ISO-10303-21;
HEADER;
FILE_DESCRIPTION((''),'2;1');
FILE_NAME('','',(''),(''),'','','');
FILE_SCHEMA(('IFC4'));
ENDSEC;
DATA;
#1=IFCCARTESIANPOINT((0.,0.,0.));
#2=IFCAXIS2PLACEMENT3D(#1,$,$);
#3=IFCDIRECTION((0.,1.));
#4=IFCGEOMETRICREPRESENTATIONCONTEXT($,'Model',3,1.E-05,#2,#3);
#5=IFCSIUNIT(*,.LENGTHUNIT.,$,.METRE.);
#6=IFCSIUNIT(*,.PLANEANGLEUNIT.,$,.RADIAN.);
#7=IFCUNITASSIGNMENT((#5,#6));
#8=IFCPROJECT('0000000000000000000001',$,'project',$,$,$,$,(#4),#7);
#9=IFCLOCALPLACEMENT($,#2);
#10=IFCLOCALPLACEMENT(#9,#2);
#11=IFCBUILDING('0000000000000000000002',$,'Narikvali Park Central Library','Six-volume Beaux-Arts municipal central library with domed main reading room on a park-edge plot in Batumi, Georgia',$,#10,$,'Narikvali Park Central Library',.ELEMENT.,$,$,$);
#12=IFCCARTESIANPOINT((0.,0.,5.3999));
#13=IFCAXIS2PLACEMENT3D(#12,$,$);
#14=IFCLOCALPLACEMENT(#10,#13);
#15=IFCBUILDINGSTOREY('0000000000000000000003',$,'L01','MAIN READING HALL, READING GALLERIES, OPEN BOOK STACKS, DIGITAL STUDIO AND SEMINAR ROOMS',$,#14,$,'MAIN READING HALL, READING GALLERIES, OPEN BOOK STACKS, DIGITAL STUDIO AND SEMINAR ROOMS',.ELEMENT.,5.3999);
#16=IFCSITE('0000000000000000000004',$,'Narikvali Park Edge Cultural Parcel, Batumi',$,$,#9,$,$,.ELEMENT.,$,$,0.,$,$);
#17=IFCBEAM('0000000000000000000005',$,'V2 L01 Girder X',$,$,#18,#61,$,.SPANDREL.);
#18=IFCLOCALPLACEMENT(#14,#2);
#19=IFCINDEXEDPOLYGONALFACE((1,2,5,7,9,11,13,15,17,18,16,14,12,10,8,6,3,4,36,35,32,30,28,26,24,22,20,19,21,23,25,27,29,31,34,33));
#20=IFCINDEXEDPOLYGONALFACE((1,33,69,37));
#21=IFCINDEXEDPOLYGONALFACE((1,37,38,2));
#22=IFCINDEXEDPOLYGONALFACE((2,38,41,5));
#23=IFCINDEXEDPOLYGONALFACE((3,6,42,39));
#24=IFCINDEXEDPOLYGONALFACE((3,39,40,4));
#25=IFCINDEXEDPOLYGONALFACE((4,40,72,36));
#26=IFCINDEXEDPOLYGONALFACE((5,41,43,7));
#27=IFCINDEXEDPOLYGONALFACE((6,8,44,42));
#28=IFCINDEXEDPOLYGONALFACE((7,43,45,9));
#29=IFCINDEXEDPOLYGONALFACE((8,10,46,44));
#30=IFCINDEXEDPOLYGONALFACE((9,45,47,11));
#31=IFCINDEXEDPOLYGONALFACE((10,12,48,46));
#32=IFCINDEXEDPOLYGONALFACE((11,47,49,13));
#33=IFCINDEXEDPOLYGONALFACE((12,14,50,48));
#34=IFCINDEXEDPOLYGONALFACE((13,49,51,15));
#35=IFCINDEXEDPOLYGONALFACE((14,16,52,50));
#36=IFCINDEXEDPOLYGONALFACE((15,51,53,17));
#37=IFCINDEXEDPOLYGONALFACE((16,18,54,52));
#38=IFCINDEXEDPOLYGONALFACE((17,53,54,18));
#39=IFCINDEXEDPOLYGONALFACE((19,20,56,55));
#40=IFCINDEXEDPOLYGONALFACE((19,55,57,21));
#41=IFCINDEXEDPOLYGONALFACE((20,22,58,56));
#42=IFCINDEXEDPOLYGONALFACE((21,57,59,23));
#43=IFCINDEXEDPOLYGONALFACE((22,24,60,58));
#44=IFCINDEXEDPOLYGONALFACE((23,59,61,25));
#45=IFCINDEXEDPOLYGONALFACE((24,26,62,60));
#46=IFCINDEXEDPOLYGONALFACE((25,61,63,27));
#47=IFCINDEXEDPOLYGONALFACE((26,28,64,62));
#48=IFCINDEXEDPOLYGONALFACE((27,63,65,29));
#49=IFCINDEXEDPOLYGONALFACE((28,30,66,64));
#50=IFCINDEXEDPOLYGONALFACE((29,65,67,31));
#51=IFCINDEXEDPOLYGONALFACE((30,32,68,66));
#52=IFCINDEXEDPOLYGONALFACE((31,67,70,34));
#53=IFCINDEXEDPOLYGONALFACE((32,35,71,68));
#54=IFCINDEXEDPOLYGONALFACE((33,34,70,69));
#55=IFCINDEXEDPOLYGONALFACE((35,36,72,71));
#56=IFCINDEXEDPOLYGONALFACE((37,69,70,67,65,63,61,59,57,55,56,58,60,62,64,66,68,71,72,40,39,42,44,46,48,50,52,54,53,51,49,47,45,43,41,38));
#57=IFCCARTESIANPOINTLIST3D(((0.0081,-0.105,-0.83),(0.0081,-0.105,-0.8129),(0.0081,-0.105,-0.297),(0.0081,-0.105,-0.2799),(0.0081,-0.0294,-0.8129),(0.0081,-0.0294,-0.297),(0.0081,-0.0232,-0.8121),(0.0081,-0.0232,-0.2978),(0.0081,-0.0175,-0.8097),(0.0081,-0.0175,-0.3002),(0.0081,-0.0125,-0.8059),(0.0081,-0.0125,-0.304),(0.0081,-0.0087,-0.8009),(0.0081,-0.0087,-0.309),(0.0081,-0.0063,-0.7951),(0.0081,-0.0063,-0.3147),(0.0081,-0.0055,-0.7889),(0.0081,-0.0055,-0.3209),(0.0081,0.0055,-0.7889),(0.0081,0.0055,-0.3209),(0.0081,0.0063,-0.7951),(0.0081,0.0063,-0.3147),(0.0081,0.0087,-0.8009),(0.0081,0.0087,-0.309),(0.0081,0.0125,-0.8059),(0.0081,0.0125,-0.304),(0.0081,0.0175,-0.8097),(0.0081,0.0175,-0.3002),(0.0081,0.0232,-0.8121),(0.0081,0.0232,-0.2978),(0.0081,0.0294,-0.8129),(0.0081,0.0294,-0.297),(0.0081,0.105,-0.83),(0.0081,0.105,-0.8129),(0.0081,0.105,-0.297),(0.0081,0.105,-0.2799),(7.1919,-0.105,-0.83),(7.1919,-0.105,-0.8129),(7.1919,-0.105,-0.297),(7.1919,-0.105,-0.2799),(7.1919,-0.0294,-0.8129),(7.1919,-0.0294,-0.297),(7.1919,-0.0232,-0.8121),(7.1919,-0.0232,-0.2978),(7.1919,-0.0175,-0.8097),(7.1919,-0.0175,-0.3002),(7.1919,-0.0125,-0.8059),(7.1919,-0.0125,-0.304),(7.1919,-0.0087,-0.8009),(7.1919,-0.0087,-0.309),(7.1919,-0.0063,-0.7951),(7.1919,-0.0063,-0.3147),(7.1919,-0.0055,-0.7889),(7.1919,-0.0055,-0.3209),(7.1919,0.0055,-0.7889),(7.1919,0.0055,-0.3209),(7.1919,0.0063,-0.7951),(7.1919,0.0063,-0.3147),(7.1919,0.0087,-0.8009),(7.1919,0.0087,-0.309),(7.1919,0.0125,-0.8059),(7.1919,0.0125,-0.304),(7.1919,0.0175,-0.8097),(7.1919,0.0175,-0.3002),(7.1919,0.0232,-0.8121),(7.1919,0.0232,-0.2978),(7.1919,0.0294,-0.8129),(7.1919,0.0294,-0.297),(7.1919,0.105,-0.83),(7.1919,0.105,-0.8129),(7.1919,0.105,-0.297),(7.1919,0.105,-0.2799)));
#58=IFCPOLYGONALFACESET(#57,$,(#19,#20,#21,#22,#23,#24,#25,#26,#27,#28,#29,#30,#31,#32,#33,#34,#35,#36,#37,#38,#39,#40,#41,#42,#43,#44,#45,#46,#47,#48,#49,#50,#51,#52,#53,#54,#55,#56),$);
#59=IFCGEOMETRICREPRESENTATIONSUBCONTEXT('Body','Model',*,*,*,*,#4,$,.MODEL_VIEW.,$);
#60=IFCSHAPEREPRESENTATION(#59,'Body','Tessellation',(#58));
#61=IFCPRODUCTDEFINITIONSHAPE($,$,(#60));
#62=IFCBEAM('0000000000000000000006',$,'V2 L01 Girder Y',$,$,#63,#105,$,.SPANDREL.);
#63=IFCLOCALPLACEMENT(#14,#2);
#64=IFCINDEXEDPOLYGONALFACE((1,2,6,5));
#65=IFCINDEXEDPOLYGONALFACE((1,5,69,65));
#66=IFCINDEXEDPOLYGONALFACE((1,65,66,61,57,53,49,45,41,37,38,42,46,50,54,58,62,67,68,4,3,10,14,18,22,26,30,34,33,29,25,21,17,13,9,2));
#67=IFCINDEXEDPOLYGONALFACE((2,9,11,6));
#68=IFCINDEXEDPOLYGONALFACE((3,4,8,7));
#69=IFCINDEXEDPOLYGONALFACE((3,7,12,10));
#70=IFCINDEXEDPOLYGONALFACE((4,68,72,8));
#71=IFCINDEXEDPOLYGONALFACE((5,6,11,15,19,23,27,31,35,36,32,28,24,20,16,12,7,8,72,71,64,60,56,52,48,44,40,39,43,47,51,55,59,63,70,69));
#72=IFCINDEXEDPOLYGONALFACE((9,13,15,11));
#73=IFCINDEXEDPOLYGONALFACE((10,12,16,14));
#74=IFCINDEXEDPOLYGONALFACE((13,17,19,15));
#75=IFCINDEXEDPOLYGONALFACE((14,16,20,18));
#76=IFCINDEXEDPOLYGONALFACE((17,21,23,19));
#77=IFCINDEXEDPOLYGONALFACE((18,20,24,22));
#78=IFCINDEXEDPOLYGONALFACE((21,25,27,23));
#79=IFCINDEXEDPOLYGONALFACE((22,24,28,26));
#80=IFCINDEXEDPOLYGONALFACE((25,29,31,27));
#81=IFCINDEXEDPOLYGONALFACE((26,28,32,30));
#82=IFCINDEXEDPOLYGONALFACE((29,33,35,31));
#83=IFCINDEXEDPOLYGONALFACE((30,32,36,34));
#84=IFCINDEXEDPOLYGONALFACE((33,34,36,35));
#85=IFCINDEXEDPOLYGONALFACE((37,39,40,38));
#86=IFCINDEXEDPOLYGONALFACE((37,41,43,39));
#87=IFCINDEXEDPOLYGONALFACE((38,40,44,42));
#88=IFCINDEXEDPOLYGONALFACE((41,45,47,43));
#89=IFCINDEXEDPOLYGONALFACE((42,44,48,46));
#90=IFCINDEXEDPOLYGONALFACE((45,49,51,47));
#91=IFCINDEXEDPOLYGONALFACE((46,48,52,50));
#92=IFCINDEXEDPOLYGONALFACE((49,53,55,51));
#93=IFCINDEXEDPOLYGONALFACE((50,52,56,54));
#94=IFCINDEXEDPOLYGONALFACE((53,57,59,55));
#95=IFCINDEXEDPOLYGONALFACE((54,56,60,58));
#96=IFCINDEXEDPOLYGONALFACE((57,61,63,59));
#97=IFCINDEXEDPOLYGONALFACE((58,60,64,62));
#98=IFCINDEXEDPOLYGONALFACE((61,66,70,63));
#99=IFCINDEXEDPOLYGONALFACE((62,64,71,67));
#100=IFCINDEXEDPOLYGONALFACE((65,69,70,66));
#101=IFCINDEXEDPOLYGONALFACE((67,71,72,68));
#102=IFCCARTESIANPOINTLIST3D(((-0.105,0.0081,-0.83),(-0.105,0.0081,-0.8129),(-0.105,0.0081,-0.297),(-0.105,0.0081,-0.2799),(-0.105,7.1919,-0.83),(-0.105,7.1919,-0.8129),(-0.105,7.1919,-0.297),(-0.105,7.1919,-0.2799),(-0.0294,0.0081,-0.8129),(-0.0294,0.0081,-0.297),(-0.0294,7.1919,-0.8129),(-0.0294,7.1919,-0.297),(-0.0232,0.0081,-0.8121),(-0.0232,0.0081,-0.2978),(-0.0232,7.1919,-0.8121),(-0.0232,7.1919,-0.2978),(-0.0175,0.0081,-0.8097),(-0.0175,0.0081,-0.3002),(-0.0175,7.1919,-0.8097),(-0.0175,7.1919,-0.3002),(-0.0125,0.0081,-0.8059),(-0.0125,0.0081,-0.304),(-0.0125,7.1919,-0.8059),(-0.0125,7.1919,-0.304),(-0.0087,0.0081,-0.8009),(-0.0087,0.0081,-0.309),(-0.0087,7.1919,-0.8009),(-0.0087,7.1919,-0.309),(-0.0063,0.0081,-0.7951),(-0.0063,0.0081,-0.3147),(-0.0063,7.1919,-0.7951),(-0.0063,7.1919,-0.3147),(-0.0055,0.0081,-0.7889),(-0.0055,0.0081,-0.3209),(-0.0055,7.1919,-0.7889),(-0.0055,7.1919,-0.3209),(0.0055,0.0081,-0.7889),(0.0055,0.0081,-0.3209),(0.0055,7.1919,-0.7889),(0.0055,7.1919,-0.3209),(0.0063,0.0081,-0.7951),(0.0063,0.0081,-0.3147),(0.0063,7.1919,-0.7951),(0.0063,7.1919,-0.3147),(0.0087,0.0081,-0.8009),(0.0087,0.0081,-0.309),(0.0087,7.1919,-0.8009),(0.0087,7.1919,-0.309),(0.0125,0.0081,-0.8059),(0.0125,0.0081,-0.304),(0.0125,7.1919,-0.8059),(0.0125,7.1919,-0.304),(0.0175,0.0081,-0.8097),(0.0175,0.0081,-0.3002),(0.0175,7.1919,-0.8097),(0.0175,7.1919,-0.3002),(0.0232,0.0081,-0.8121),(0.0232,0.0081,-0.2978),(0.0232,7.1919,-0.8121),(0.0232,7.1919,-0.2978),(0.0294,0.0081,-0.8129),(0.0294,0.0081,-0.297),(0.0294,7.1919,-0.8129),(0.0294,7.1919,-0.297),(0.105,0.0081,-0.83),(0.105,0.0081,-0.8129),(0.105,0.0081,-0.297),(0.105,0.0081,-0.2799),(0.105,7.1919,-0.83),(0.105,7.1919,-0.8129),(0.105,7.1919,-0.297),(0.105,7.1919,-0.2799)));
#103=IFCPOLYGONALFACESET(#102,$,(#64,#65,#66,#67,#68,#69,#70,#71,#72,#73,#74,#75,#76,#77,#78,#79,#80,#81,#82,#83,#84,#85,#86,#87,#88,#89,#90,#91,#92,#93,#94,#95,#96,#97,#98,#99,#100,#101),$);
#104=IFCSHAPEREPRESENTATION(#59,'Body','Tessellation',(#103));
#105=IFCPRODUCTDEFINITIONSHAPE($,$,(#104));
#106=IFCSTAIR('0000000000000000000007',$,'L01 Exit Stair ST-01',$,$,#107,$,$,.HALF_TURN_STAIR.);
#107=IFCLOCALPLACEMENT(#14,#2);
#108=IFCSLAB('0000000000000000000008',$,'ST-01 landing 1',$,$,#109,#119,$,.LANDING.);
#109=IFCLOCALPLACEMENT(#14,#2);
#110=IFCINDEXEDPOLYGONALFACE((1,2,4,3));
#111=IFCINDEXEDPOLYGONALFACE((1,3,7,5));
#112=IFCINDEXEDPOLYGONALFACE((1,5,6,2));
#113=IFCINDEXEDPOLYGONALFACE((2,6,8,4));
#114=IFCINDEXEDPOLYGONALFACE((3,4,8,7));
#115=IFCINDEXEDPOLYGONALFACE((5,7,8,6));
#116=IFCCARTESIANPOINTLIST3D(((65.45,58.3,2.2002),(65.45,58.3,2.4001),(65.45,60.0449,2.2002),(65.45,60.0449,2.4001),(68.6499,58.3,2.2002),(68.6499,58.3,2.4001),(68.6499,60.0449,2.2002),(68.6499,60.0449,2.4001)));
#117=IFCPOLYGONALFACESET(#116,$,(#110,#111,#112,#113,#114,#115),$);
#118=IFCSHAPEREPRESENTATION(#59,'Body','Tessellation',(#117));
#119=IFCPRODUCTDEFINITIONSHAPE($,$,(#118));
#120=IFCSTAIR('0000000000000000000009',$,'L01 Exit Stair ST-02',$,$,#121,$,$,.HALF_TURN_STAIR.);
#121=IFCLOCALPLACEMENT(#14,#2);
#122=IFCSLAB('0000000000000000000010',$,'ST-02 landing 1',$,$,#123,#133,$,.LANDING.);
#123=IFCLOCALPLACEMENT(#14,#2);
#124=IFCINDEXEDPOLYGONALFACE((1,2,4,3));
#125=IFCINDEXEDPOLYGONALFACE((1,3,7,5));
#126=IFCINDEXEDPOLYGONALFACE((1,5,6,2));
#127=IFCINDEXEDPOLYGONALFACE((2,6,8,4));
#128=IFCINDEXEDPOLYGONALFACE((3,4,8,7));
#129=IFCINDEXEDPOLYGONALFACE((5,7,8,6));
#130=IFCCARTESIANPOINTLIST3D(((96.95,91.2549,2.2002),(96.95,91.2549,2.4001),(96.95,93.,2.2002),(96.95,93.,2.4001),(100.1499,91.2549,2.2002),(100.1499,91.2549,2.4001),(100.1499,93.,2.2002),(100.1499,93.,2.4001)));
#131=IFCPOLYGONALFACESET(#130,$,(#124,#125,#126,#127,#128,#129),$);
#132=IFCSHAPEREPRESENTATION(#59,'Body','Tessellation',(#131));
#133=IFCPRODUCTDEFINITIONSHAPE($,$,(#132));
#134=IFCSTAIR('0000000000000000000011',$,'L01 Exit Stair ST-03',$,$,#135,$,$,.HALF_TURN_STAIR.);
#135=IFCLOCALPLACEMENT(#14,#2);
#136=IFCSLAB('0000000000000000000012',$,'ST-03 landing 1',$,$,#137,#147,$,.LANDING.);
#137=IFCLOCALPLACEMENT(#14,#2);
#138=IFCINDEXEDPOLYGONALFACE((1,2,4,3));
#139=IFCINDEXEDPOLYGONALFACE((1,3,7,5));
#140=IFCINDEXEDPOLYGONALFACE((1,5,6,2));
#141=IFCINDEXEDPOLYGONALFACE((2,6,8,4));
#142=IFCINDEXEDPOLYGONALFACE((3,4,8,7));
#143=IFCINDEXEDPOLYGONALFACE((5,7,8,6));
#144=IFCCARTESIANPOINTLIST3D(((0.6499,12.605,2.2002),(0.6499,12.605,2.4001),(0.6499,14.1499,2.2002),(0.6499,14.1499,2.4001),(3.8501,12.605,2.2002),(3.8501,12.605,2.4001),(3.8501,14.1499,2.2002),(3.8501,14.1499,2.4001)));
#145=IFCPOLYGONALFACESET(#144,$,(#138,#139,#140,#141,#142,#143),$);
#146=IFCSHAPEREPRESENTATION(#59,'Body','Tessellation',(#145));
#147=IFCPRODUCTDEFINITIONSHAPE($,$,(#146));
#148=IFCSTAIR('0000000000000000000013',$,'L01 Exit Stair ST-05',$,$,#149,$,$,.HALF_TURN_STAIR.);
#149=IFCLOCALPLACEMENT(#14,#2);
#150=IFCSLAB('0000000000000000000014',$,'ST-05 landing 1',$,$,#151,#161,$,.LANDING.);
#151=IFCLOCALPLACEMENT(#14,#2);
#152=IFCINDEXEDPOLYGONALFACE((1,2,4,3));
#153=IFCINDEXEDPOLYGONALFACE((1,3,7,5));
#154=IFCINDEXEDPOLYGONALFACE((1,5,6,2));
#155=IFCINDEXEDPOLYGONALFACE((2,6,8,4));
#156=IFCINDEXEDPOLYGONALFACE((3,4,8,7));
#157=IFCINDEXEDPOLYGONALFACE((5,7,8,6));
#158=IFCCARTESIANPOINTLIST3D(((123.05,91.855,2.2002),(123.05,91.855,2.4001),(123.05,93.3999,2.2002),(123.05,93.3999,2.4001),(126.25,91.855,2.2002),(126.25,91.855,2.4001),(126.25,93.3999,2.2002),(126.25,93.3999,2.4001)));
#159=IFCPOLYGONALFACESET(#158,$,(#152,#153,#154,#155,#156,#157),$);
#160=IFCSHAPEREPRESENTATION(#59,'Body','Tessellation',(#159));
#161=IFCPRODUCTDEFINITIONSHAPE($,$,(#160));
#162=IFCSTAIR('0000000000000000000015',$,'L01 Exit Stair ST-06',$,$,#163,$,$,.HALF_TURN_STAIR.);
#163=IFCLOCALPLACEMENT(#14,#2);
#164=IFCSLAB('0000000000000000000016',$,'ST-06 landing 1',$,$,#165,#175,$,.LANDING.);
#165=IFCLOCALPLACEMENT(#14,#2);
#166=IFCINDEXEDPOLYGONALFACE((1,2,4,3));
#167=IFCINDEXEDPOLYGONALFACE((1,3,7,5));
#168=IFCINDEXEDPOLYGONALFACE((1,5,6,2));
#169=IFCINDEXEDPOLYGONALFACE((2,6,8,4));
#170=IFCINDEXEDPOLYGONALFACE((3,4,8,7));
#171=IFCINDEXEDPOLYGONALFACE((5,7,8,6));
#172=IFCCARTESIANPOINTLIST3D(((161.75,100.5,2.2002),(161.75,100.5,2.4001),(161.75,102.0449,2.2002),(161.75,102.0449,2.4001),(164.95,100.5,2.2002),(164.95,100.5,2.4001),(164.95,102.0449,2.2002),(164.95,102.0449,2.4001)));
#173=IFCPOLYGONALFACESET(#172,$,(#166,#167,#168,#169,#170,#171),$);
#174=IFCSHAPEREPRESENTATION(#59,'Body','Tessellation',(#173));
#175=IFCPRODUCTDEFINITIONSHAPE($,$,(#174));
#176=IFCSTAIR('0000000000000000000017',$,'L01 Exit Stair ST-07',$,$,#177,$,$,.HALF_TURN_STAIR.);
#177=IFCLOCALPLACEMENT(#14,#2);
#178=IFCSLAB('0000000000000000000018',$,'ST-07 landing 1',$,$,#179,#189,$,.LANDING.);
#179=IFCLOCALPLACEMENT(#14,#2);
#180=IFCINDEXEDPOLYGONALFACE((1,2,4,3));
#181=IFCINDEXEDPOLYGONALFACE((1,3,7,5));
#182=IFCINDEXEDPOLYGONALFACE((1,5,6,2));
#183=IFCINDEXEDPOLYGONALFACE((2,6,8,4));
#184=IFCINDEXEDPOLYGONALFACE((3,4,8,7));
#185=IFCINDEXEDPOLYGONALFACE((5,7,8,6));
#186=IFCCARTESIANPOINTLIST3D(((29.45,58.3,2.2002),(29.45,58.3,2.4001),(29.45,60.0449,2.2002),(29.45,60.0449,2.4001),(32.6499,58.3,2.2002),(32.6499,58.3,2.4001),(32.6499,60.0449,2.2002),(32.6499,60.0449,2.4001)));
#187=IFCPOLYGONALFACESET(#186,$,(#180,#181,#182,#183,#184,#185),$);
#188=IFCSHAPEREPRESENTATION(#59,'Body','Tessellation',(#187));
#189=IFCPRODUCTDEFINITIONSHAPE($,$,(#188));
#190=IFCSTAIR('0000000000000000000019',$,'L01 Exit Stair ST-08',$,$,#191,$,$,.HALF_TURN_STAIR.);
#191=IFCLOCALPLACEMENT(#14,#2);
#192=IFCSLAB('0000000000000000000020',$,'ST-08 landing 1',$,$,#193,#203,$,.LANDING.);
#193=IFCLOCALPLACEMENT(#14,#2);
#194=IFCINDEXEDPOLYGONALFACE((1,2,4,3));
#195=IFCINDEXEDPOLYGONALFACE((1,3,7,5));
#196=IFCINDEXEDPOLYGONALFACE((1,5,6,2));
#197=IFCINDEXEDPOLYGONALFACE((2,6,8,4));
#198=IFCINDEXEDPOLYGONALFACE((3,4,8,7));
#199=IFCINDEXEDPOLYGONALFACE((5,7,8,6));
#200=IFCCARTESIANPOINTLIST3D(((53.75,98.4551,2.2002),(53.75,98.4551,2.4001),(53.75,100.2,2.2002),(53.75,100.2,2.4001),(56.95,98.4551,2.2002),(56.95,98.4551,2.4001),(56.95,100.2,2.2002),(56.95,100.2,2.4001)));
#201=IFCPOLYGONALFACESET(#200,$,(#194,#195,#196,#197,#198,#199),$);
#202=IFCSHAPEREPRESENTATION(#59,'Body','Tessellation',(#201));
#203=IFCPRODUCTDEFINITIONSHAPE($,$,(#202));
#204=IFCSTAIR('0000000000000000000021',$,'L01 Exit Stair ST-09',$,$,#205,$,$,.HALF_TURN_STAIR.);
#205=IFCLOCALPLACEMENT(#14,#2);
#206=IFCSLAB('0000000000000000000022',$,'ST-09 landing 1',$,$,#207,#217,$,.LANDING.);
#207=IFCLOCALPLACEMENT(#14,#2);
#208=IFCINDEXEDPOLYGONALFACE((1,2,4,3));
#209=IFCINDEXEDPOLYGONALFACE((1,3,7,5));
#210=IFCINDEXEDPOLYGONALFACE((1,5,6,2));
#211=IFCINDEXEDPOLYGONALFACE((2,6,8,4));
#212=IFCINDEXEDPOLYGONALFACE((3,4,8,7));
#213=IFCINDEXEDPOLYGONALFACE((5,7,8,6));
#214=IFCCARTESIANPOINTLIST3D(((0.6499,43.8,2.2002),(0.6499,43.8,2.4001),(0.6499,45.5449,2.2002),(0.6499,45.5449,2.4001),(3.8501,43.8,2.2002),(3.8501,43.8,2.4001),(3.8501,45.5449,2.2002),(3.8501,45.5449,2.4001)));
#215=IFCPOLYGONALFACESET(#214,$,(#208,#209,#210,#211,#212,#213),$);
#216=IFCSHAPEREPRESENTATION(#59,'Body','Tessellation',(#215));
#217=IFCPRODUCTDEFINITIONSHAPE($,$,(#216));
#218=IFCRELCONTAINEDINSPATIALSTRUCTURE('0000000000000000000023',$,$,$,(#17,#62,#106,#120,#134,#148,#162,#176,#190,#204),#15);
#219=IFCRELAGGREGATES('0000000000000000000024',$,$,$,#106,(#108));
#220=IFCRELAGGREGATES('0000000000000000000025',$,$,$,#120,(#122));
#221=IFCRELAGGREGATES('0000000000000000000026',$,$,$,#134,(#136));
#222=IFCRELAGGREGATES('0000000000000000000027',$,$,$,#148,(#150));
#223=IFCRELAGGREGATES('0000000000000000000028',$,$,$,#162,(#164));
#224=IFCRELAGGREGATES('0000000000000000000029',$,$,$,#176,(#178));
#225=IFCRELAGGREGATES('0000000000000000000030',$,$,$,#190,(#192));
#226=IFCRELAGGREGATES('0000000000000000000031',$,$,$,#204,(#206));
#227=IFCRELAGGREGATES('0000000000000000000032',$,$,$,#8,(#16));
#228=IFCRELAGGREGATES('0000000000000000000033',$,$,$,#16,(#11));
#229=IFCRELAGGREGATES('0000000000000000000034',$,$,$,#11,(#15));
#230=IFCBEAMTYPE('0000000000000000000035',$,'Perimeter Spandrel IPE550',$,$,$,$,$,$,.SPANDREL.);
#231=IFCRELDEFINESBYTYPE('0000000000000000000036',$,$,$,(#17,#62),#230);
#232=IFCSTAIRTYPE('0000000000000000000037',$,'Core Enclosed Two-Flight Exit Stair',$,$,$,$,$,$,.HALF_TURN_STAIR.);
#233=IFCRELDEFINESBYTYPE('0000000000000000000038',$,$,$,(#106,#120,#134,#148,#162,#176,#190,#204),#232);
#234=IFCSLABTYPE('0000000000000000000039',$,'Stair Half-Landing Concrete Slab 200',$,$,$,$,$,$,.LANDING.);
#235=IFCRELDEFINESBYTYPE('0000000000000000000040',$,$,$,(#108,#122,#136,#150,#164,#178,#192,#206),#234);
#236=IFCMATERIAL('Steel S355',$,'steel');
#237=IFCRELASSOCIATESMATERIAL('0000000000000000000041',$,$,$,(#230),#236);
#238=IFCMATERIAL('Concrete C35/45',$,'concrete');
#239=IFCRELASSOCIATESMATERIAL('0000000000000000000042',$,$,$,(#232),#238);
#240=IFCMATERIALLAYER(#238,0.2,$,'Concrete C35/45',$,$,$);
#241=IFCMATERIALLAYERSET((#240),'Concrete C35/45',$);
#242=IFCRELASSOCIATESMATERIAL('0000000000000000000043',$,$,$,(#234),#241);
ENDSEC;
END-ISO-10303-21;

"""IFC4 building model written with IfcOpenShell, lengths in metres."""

from ifc_helpers import new_model, si_unit, direction, frame, origin, origin_2d, place, context, subcontext, project, spatial, polyline, i_section, outline, extrude, material, layer, layer_set, material_profile, profile_set, type_object, element, aggregate, save


model = new_model("IFC4")

# Units and contexts
model_context = context("Model", 3, precision=1e-05, world=origin(), true_north=direction((0.0, 1.0)))
body_context = subcontext(model_context, "Body", "Model", "MODEL_VIEW")
ifc_project = project(units=[si_unit("LENGTHUNIT", "METRE"), si_unit("PLANEANGLEUNIT", "RADIAN")], contexts=[model_context])

# Site, building, storey
site_placement = place(None, origin())
site = spatial("IfcSite", under=ifc_project, at=site_placement, Name="Narikvali Park Edge Cultural Parcel, Batumi", CompositionType="ELEMENT", RefElevation=0.0)
building_placement = place(site_placement, origin())
building = spatial("IfcBuilding", under=site, at=building_placement, Name="Narikvali Park Central Library", Description="Six-volume Beaux-Arts municipal central library with domed main reading room on a park-edge plot in Batumi, Georgia", LongName="Narikvali Park Central Library", CompositionType="ELEMENT")
storey_placement = place(building_placement, frame((0.0, 0.0, 5.3999)))
storey = spatial("IfcBuildingStorey", under=building, at=storey_placement, Name="L01", Description="MAIN READING HALL, READING GALLERIES, OPEN BOOK STACKS, DIGITAL STUDIO AND SEMINAR ROOMS", LongName="MAIN READING HALL, READING GALLERIES, OPEN BOOK STACKS, DIGITAL STUDIO AND SEMINAR ROOMS", CompositionType="ELEMENT", Elevation=5.3999)

# Shared definitions
ifc_material_1 = material(Name="Steel S355", Category="steel")

# Beams
ifc_material_profile_1 = material_profile(ifc_material_1, i_section(OverallWidth=0.21, OverallDepth=0.55, WebThickness=0.011, FlangeThickness=0.0171, FilletRadius=0.0239, at=origin_2d()), Name="IPE 550")
ifc_profile_set_1 = profile_set([ifc_material_profile_1], Name="Steel S355")
beam_type_1 = type_object("IfcBeamType", Name="Perimeter Spandrel IPE550", PredefinedType="SPANDREL", material=ifc_profile_set_1)
for number, where, z_axis, x_axis, name in (
    (1, (0.0081, 0.0, -0.5549), (1.0, 0.0, 0.0), (0.0, 1.0, 0.0), "V2 L01 Girder X"),
    (2, (0.0, 0.0081, -0.5549), (0.0, 1.0, 0.0), (-1.0, 0.0, 0.0), "V2 L01 Girder Y"),
):
    element("IfcBeam", number, at=place(storey_placement, frame(where, z_axis=z_axis, x_axis=x_axis)), inside=storey, type_object=beam_type_1, Name=name, PredefinedType="SPANDREL", context=body_context, shape_type="SweptSolid", body=[
        extrude(i_section(OverallWidth=0.21, OverallDepth=0.55, WebThickness=0.011, FlangeThickness=0.0171, FilletRadius=0.0239, at=origin_2d()), origin(), (0.0, 0.0, 1.0), 7.1838),
    ])

# Stairs, slabs
ifc_material_2 = material(Name="Concrete C35/45", Category="concrete")
stair_type = type_object("IfcStairType", Name="Core Enclosed Two-Flight Exit Stair", PredefinedType="HALF_TURN_STAIR", material=ifc_material_2)
stair_1_placement = place(storey_placement, origin())
stair_1 = element("IfcStair", 3, at=stair_1_placement, inside=storey, type_object=stair_type, Name="L01 Exit Stair ST-01", PredefinedType="HALF_TURN_STAIR")
ifc_layer_1 = layer(ifc_material_2, 0.2, Name="Concrete C35/45")
ifc_layer_set_1 = layer_set([ifc_layer_1], Name="Concrete C35/45")
slab_type = type_object("IfcSlabType", Name="Stair Half-Landing Concrete Slab 200", PredefinedType="LANDING", material=ifc_layer_set_1)
slab_1_placement = place(storey_placement, frame((0.0, 0.0, 2.2002)))
slab_1 = element("IfcSlab", 4, at=slab_1_placement, type_object=slab_type, Name="ST-01 landing 1", PredefinedType="LANDING", context=body_context, shape_type="SweptSolid", body=[
    extrude(outline(polyline([(65.45, 60.0449), (65.45, 58.3), (68.6499, 58.3), (68.6499, 60.0449), (65.45, 60.0449)])), origin(), (0.0, 0.0, 1.0), 0.2),
])
aggregate(stair_1, [slab_1])
stair_2_placement = place(storey_placement, origin())
stair_2 = element("IfcStair", 5, at=stair_2_placement, inside=storey, type_object=stair_type, Name="L01 Exit Stair ST-02", PredefinedType="HALF_TURN_STAIR")
slab_2_placement = place(storey_placement, frame((0.0, 0.0, 2.2002)))
slab_2 = element("IfcSlab", 6, at=slab_2_placement, type_object=slab_type, Name="ST-02 landing 1", PredefinedType="LANDING", context=body_context, shape_type="SweptSolid", body=[
    extrude(outline(polyline([(100.1499, 91.2549), (100.1499, 93.0), (96.95, 93.0), (96.95, 91.2549), (100.1499, 91.2549)])), origin(), (0.0, 0.0, 1.0), 0.2),
])
aggregate(stair_2, [slab_2])
stair_3_placement = place(storey_placement, origin())
stair_3 = element("IfcStair", 7, at=stair_3_placement, inside=storey, type_object=stair_type, Name="L01 Exit Stair ST-03", PredefinedType="HALF_TURN_STAIR")
slab_3_placement = place(storey_placement, frame((0.0, 0.0, 2.2002)))
slab_3 = element("IfcSlab", 8, at=slab_3_placement, type_object=slab_type, Name="ST-03 landing 1", PredefinedType="LANDING", context=body_context, shape_type="SweptSolid", body=[
    extrude(outline(polyline([(3.8501, 12.605), (3.8501, 14.1499), (0.6499, 14.1499), (0.6499, 12.605), (3.8501, 12.605)])), origin(), (0.0, 0.0, 1.0), 0.2),
])
aggregate(stair_3, [slab_3])
stair_4_placement = place(storey_placement, origin())
stair_4 = element("IfcStair", 9, at=stair_4_placement, inside=storey, type_object=stair_type, Name="L01 Exit Stair ST-05", PredefinedType="HALF_TURN_STAIR")
slab_4_placement = place(storey_placement, frame((0.0, 0.0, 2.2002)))
slab_4 = element("IfcSlab", 10, at=slab_4_placement, type_object=slab_type, Name="ST-05 landing 1", PredefinedType="LANDING", context=body_context, shape_type="SweptSolid", body=[
    extrude(outline(polyline([(126.25, 91.855), (126.25, 93.3999), (123.05, 93.3999), (123.05, 91.855), (126.25, 91.855)])), origin(), (0.0, 0.0, 1.0), 0.2),
])
aggregate(stair_4, [slab_4])
stair_5_placement = place(storey_placement, origin())
stair_5 = element("IfcStair", 11, at=stair_5_placement, inside=storey, type_object=stair_type, Name="L01 Exit Stair ST-06", PredefinedType="HALF_TURN_STAIR")
slab_5_placement = place(storey_placement, frame((0.0, 0.0, 2.2002)))
slab_5 = element("IfcSlab", 12, at=slab_5_placement, type_object=slab_type, Name="ST-06 landing 1", PredefinedType="LANDING", context=body_context, shape_type="SweptSolid", body=[
    extrude(outline(polyline([(161.75, 102.0449), (161.75, 100.5), (164.95, 100.5), (164.95, 102.0449), (161.75, 102.0449)])), origin(), (0.0, 0.0, 1.0), 0.2),
])
aggregate(stair_5, [slab_5])
stair_6_placement = place(storey_placement, origin())
stair_6 = element("IfcStair", 13, at=stair_6_placement, inside=storey, type_object=stair_type, Name="L01 Exit Stair ST-07", PredefinedType="HALF_TURN_STAIR")
slab_6_placement = place(storey_placement, frame((0.0, 0.0, 2.2002)))
slab_6 = element("IfcSlab", 14, at=slab_6_placement, type_object=slab_type, Name="ST-07 landing 1", PredefinedType="LANDING", context=body_context, shape_type="SweptSolid", body=[
    extrude(outline(polyline([(29.45, 60.0449), (29.45, 58.3), (32.6499, 58.3), (32.6499, 60.0449), (29.45, 60.0449)])), origin(), (0.0, 0.0, 1.0), 0.2),
])
aggregate(stair_6, [slab_6])
stair_7_placement = place(storey_placement, origin())
stair_7 = element("IfcStair", 15, at=stair_7_placement, inside=storey, type_object=stair_type, Name="L01 Exit Stair ST-08", PredefinedType="HALF_TURN_STAIR")
slab_7_placement = place(storey_placement, frame((0.0, 0.0, 2.2002)))
slab_7 = element("IfcSlab", 16, at=slab_7_placement, type_object=slab_type, Name="ST-08 landing 1", PredefinedType="LANDING", context=body_context, shape_type="SweptSolid", body=[
    extrude(outline(polyline([(56.95, 98.4551), (56.95, 100.2), (53.75, 100.2), (53.75, 98.4551), (56.95, 98.4551)])), origin(), (0.0, 0.0, 1.0), 0.2),
])
aggregate(stair_7, [slab_7])
stair_8_placement = place(storey_placement, origin())
stair_8 = element("IfcStair", 17, at=stair_8_placement, inside=storey, type_object=stair_type, Name="L01 Exit Stair ST-09", PredefinedType="HALF_TURN_STAIR")
slab_8_placement = place(storey_placement, frame((0.0, 0.0, 2.2002)))
slab_8 = element("IfcSlab", 18, at=slab_8_placement, type_object=slab_type, Name="ST-09 landing 1", PredefinedType="LANDING", context=body_context, shape_type="SweptSolid", body=[
    extrude(outline(polyline([(0.6499, 45.5449), (0.6499, 43.8), (3.8501, 43.8), (3.8501, 45.5449), (0.6499, 45.5449)])), origin(), (0.0, 0.0, 1.0), 0.2),
])
aggregate(stair_8, [slab_8])

save(model, "model.ifc")
